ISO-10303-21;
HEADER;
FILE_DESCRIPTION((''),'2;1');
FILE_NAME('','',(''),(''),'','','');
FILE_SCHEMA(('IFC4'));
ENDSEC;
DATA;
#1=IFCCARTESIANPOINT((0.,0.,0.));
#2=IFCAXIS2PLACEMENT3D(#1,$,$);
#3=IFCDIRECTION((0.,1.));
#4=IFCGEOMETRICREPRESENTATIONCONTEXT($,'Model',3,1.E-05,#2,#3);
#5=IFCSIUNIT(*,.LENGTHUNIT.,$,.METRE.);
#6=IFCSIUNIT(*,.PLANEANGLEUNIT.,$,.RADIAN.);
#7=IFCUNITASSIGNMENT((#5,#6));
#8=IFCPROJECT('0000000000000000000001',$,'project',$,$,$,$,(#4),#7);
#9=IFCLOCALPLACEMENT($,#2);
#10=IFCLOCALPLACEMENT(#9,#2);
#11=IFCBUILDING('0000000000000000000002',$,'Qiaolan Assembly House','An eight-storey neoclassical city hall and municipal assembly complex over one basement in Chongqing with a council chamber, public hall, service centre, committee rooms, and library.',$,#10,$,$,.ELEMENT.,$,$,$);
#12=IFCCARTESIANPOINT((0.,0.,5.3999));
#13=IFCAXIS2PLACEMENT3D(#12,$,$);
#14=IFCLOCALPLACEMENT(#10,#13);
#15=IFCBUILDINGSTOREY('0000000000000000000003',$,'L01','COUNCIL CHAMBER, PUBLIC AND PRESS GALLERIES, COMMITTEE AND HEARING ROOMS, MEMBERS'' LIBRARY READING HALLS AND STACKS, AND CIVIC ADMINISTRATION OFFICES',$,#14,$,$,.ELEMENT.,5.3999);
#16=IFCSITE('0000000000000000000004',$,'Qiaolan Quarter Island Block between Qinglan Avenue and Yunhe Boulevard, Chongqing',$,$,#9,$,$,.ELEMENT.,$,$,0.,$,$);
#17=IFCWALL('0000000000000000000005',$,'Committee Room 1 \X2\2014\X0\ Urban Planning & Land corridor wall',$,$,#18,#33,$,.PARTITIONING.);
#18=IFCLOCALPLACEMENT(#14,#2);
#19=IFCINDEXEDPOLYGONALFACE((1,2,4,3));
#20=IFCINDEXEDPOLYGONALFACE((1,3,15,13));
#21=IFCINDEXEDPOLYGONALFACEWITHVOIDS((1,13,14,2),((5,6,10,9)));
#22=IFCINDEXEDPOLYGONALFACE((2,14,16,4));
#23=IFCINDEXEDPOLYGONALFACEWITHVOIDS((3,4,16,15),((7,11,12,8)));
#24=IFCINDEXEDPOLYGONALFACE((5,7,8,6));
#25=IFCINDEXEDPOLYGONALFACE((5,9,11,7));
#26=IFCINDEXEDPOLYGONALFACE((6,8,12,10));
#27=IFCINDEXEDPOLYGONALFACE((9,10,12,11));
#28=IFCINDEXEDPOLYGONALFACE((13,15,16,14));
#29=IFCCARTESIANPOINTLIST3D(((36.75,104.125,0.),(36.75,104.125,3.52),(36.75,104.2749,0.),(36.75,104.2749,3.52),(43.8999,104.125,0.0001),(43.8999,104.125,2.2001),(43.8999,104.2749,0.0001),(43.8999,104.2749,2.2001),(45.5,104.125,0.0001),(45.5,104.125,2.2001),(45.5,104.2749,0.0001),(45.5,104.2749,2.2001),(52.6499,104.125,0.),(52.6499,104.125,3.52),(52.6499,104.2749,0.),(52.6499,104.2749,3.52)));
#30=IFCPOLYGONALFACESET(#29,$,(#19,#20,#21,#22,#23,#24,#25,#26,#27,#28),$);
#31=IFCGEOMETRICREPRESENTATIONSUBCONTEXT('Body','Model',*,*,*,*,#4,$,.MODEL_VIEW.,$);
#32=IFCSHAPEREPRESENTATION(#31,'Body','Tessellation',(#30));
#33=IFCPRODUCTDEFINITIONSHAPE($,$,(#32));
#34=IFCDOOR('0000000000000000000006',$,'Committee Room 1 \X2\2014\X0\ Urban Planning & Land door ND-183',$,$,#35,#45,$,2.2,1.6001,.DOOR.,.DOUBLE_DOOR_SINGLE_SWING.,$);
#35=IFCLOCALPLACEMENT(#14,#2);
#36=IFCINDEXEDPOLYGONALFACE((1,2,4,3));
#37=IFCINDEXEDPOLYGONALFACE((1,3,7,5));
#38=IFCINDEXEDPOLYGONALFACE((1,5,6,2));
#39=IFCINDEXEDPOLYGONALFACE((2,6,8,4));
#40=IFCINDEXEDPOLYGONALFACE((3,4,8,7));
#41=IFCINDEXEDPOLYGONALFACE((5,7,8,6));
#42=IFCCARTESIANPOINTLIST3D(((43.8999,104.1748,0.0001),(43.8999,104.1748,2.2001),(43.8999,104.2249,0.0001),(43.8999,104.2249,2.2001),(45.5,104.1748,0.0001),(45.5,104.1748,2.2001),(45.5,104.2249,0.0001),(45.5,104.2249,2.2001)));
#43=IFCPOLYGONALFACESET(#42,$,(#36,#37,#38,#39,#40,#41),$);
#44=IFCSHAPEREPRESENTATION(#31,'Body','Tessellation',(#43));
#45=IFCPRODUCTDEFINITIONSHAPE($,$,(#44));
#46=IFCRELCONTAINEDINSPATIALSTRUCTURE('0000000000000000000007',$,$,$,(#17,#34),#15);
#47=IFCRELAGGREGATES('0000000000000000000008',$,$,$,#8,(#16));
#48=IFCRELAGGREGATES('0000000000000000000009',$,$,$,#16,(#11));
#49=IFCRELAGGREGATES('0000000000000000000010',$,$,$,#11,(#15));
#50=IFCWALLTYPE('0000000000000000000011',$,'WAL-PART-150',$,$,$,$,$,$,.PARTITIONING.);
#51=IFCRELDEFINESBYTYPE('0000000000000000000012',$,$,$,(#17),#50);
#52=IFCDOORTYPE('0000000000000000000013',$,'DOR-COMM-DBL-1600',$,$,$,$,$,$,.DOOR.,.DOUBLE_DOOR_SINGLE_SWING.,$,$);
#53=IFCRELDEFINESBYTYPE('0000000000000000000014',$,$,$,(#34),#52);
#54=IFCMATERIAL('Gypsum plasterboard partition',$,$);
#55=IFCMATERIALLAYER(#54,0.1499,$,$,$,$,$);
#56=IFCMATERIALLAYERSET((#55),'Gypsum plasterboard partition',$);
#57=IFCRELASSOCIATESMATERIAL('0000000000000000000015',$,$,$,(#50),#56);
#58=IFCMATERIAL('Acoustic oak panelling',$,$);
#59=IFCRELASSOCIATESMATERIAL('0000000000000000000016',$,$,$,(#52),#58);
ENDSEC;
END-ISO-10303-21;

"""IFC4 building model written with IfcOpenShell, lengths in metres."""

from ifc_helpers import new_model, si_unit, direction, frame, frame_2d, origin, place, context, subcontext, project, spatial, rectangle, extrude, material, layer, layer_set, type_object, element, fill, save


model = new_model("IFC4")

# Units and contexts
model_context = context("Model", 3, precision=1e-05, world=origin(), true_north=direction((0.0, 1.0)))
body_context = subcontext(model_context, "Body", "Model", "MODEL_VIEW")
ifc_project = project(units=[si_unit("LENGTHUNIT", "METRE"), si_unit("PLANEANGLEUNIT", "RADIAN")], contexts=[model_context])

# Site, building, storey
site_placement = place(None, origin())
site = spatial("IfcSite", under=ifc_project, at=site_placement, Name="Qiaolan Quarter Island Block between Qinglan Avenue and Yunhe Boulevard, Chongqing", CompositionType="ELEMENT", RefElevation=0.0)
building_placement = place(site_placement, origin())
building = spatial("IfcBuilding", under=site, at=building_placement, Name="Qiaolan Assembly House", Description="An eight-storey neoclassical city hall and municipal assembly complex over one basement in Chongqing with a council chamber, public hall, service centre, committee rooms, and library.", CompositionType="ELEMENT")
storey_placement = place(building_placement, frame((0.0, 0.0, 5.3999)))
storey = spatial("IfcBuildingStorey", under=building, at=storey_placement, Name="L01", Description="COUNCIL CHAMBER, PUBLIC AND PRESS GALLERIES, COMMITTEE AND HEARING ROOMS, MEMBERS' LIBRARY READING HALLS AND STACKS, AND CIVIC ADMINISTRATION OFFICES", CompositionType="ELEMENT", Elevation=5.3999)

# Wall, opening, door
ifc_material_1 = material(Name="Gypsum plasterboard partition")
ifc_layer_1 = layer(ifc_material_1, 0.1499)
ifc_layer_set_1 = layer_set([ifc_layer_1], Name="Gypsum plasterboard partition")
wall_type_1 = type_object("IfcWallType", Name="WAL-PART-150", PredefinedType="PARTITIONING", material=ifc_layer_set_1)
wall_1_placement = place(storey_placement, frame((36.75, 104.2, 0.0), z_axis=(0.0, 0.0, 1.0), x_axis=(1.0, 0.0, 0.0)))
wall_1 = element("IfcWall", 1, at=wall_1_placement, inside=storey, type_object=wall_type_1, Name="Committee Room 1 — Urban Planning & Land corridor wall", PredefinedType="PARTITIONING", context=body_context, shape_type="SweptSolid", body=[
    extrude(rectangle(XDim=15.8999, YDim=0.1499, at=frame_2d((7.95, 0.0))), origin(), (0.0, 0.0, 1.0), 3.52),
])
opening_1_placement = place(wall_1_placement, frame((7.1499, 0.0, 0.0)))
opening_1 = element("IfcOpeningElement", 2, at=opening_1_placement, cuts=wall_1, PredefinedType="OPENING", context=body_context, shape_type="SweptSolid", body=[
    extrude(rectangle(XDim=1.6001, YDim=2.2, at=frame_2d((0.8, 1.1001))), frame((0.0, 0.085, 0.0), z_axis=(0.0, -1.0, 0.0), x_axis=(1.0, 0.0, 0.0)), (0.0, 0.0, 1.0), 0.1699),
])
ifc_material_2 = material(Name="Acoustic oak panelling")
door_type = type_object("IfcDoorType", Name="DOR-COMM-DBL-1600", OperationType="DOUBLE_DOOR_SINGLE_SWING", PredefinedType="DOOR", material=ifc_material_2)
door_placement = place(opening_1_placement, origin())
door = element("IfcDoor", 3, at=door_placement, inside=storey, type_object=door_type, Name="Committee Room 1 — Urban Planning & Land door ND-183", OperationType="DOUBLE_DOOR_SINGLE_SWING", OverallHeight=2.2, OverallWidth=1.6001, PredefinedType="DOOR", context=body_context, shape_type="SweptSolid", body=[
    extrude(rectangle(XDim=1.6001, YDim=2.2, at=frame_2d((0.8, 1.1001))), frame((0.0, 0.0249, 0.0), z_axis=(0.0, -1.0, 0.0), x_axis=(1.0, 0.0, 0.0)), (0.0, 0.0, 1.0), 0.05),
])
fill(opening_1, door)

save(model, "model.ifc")
